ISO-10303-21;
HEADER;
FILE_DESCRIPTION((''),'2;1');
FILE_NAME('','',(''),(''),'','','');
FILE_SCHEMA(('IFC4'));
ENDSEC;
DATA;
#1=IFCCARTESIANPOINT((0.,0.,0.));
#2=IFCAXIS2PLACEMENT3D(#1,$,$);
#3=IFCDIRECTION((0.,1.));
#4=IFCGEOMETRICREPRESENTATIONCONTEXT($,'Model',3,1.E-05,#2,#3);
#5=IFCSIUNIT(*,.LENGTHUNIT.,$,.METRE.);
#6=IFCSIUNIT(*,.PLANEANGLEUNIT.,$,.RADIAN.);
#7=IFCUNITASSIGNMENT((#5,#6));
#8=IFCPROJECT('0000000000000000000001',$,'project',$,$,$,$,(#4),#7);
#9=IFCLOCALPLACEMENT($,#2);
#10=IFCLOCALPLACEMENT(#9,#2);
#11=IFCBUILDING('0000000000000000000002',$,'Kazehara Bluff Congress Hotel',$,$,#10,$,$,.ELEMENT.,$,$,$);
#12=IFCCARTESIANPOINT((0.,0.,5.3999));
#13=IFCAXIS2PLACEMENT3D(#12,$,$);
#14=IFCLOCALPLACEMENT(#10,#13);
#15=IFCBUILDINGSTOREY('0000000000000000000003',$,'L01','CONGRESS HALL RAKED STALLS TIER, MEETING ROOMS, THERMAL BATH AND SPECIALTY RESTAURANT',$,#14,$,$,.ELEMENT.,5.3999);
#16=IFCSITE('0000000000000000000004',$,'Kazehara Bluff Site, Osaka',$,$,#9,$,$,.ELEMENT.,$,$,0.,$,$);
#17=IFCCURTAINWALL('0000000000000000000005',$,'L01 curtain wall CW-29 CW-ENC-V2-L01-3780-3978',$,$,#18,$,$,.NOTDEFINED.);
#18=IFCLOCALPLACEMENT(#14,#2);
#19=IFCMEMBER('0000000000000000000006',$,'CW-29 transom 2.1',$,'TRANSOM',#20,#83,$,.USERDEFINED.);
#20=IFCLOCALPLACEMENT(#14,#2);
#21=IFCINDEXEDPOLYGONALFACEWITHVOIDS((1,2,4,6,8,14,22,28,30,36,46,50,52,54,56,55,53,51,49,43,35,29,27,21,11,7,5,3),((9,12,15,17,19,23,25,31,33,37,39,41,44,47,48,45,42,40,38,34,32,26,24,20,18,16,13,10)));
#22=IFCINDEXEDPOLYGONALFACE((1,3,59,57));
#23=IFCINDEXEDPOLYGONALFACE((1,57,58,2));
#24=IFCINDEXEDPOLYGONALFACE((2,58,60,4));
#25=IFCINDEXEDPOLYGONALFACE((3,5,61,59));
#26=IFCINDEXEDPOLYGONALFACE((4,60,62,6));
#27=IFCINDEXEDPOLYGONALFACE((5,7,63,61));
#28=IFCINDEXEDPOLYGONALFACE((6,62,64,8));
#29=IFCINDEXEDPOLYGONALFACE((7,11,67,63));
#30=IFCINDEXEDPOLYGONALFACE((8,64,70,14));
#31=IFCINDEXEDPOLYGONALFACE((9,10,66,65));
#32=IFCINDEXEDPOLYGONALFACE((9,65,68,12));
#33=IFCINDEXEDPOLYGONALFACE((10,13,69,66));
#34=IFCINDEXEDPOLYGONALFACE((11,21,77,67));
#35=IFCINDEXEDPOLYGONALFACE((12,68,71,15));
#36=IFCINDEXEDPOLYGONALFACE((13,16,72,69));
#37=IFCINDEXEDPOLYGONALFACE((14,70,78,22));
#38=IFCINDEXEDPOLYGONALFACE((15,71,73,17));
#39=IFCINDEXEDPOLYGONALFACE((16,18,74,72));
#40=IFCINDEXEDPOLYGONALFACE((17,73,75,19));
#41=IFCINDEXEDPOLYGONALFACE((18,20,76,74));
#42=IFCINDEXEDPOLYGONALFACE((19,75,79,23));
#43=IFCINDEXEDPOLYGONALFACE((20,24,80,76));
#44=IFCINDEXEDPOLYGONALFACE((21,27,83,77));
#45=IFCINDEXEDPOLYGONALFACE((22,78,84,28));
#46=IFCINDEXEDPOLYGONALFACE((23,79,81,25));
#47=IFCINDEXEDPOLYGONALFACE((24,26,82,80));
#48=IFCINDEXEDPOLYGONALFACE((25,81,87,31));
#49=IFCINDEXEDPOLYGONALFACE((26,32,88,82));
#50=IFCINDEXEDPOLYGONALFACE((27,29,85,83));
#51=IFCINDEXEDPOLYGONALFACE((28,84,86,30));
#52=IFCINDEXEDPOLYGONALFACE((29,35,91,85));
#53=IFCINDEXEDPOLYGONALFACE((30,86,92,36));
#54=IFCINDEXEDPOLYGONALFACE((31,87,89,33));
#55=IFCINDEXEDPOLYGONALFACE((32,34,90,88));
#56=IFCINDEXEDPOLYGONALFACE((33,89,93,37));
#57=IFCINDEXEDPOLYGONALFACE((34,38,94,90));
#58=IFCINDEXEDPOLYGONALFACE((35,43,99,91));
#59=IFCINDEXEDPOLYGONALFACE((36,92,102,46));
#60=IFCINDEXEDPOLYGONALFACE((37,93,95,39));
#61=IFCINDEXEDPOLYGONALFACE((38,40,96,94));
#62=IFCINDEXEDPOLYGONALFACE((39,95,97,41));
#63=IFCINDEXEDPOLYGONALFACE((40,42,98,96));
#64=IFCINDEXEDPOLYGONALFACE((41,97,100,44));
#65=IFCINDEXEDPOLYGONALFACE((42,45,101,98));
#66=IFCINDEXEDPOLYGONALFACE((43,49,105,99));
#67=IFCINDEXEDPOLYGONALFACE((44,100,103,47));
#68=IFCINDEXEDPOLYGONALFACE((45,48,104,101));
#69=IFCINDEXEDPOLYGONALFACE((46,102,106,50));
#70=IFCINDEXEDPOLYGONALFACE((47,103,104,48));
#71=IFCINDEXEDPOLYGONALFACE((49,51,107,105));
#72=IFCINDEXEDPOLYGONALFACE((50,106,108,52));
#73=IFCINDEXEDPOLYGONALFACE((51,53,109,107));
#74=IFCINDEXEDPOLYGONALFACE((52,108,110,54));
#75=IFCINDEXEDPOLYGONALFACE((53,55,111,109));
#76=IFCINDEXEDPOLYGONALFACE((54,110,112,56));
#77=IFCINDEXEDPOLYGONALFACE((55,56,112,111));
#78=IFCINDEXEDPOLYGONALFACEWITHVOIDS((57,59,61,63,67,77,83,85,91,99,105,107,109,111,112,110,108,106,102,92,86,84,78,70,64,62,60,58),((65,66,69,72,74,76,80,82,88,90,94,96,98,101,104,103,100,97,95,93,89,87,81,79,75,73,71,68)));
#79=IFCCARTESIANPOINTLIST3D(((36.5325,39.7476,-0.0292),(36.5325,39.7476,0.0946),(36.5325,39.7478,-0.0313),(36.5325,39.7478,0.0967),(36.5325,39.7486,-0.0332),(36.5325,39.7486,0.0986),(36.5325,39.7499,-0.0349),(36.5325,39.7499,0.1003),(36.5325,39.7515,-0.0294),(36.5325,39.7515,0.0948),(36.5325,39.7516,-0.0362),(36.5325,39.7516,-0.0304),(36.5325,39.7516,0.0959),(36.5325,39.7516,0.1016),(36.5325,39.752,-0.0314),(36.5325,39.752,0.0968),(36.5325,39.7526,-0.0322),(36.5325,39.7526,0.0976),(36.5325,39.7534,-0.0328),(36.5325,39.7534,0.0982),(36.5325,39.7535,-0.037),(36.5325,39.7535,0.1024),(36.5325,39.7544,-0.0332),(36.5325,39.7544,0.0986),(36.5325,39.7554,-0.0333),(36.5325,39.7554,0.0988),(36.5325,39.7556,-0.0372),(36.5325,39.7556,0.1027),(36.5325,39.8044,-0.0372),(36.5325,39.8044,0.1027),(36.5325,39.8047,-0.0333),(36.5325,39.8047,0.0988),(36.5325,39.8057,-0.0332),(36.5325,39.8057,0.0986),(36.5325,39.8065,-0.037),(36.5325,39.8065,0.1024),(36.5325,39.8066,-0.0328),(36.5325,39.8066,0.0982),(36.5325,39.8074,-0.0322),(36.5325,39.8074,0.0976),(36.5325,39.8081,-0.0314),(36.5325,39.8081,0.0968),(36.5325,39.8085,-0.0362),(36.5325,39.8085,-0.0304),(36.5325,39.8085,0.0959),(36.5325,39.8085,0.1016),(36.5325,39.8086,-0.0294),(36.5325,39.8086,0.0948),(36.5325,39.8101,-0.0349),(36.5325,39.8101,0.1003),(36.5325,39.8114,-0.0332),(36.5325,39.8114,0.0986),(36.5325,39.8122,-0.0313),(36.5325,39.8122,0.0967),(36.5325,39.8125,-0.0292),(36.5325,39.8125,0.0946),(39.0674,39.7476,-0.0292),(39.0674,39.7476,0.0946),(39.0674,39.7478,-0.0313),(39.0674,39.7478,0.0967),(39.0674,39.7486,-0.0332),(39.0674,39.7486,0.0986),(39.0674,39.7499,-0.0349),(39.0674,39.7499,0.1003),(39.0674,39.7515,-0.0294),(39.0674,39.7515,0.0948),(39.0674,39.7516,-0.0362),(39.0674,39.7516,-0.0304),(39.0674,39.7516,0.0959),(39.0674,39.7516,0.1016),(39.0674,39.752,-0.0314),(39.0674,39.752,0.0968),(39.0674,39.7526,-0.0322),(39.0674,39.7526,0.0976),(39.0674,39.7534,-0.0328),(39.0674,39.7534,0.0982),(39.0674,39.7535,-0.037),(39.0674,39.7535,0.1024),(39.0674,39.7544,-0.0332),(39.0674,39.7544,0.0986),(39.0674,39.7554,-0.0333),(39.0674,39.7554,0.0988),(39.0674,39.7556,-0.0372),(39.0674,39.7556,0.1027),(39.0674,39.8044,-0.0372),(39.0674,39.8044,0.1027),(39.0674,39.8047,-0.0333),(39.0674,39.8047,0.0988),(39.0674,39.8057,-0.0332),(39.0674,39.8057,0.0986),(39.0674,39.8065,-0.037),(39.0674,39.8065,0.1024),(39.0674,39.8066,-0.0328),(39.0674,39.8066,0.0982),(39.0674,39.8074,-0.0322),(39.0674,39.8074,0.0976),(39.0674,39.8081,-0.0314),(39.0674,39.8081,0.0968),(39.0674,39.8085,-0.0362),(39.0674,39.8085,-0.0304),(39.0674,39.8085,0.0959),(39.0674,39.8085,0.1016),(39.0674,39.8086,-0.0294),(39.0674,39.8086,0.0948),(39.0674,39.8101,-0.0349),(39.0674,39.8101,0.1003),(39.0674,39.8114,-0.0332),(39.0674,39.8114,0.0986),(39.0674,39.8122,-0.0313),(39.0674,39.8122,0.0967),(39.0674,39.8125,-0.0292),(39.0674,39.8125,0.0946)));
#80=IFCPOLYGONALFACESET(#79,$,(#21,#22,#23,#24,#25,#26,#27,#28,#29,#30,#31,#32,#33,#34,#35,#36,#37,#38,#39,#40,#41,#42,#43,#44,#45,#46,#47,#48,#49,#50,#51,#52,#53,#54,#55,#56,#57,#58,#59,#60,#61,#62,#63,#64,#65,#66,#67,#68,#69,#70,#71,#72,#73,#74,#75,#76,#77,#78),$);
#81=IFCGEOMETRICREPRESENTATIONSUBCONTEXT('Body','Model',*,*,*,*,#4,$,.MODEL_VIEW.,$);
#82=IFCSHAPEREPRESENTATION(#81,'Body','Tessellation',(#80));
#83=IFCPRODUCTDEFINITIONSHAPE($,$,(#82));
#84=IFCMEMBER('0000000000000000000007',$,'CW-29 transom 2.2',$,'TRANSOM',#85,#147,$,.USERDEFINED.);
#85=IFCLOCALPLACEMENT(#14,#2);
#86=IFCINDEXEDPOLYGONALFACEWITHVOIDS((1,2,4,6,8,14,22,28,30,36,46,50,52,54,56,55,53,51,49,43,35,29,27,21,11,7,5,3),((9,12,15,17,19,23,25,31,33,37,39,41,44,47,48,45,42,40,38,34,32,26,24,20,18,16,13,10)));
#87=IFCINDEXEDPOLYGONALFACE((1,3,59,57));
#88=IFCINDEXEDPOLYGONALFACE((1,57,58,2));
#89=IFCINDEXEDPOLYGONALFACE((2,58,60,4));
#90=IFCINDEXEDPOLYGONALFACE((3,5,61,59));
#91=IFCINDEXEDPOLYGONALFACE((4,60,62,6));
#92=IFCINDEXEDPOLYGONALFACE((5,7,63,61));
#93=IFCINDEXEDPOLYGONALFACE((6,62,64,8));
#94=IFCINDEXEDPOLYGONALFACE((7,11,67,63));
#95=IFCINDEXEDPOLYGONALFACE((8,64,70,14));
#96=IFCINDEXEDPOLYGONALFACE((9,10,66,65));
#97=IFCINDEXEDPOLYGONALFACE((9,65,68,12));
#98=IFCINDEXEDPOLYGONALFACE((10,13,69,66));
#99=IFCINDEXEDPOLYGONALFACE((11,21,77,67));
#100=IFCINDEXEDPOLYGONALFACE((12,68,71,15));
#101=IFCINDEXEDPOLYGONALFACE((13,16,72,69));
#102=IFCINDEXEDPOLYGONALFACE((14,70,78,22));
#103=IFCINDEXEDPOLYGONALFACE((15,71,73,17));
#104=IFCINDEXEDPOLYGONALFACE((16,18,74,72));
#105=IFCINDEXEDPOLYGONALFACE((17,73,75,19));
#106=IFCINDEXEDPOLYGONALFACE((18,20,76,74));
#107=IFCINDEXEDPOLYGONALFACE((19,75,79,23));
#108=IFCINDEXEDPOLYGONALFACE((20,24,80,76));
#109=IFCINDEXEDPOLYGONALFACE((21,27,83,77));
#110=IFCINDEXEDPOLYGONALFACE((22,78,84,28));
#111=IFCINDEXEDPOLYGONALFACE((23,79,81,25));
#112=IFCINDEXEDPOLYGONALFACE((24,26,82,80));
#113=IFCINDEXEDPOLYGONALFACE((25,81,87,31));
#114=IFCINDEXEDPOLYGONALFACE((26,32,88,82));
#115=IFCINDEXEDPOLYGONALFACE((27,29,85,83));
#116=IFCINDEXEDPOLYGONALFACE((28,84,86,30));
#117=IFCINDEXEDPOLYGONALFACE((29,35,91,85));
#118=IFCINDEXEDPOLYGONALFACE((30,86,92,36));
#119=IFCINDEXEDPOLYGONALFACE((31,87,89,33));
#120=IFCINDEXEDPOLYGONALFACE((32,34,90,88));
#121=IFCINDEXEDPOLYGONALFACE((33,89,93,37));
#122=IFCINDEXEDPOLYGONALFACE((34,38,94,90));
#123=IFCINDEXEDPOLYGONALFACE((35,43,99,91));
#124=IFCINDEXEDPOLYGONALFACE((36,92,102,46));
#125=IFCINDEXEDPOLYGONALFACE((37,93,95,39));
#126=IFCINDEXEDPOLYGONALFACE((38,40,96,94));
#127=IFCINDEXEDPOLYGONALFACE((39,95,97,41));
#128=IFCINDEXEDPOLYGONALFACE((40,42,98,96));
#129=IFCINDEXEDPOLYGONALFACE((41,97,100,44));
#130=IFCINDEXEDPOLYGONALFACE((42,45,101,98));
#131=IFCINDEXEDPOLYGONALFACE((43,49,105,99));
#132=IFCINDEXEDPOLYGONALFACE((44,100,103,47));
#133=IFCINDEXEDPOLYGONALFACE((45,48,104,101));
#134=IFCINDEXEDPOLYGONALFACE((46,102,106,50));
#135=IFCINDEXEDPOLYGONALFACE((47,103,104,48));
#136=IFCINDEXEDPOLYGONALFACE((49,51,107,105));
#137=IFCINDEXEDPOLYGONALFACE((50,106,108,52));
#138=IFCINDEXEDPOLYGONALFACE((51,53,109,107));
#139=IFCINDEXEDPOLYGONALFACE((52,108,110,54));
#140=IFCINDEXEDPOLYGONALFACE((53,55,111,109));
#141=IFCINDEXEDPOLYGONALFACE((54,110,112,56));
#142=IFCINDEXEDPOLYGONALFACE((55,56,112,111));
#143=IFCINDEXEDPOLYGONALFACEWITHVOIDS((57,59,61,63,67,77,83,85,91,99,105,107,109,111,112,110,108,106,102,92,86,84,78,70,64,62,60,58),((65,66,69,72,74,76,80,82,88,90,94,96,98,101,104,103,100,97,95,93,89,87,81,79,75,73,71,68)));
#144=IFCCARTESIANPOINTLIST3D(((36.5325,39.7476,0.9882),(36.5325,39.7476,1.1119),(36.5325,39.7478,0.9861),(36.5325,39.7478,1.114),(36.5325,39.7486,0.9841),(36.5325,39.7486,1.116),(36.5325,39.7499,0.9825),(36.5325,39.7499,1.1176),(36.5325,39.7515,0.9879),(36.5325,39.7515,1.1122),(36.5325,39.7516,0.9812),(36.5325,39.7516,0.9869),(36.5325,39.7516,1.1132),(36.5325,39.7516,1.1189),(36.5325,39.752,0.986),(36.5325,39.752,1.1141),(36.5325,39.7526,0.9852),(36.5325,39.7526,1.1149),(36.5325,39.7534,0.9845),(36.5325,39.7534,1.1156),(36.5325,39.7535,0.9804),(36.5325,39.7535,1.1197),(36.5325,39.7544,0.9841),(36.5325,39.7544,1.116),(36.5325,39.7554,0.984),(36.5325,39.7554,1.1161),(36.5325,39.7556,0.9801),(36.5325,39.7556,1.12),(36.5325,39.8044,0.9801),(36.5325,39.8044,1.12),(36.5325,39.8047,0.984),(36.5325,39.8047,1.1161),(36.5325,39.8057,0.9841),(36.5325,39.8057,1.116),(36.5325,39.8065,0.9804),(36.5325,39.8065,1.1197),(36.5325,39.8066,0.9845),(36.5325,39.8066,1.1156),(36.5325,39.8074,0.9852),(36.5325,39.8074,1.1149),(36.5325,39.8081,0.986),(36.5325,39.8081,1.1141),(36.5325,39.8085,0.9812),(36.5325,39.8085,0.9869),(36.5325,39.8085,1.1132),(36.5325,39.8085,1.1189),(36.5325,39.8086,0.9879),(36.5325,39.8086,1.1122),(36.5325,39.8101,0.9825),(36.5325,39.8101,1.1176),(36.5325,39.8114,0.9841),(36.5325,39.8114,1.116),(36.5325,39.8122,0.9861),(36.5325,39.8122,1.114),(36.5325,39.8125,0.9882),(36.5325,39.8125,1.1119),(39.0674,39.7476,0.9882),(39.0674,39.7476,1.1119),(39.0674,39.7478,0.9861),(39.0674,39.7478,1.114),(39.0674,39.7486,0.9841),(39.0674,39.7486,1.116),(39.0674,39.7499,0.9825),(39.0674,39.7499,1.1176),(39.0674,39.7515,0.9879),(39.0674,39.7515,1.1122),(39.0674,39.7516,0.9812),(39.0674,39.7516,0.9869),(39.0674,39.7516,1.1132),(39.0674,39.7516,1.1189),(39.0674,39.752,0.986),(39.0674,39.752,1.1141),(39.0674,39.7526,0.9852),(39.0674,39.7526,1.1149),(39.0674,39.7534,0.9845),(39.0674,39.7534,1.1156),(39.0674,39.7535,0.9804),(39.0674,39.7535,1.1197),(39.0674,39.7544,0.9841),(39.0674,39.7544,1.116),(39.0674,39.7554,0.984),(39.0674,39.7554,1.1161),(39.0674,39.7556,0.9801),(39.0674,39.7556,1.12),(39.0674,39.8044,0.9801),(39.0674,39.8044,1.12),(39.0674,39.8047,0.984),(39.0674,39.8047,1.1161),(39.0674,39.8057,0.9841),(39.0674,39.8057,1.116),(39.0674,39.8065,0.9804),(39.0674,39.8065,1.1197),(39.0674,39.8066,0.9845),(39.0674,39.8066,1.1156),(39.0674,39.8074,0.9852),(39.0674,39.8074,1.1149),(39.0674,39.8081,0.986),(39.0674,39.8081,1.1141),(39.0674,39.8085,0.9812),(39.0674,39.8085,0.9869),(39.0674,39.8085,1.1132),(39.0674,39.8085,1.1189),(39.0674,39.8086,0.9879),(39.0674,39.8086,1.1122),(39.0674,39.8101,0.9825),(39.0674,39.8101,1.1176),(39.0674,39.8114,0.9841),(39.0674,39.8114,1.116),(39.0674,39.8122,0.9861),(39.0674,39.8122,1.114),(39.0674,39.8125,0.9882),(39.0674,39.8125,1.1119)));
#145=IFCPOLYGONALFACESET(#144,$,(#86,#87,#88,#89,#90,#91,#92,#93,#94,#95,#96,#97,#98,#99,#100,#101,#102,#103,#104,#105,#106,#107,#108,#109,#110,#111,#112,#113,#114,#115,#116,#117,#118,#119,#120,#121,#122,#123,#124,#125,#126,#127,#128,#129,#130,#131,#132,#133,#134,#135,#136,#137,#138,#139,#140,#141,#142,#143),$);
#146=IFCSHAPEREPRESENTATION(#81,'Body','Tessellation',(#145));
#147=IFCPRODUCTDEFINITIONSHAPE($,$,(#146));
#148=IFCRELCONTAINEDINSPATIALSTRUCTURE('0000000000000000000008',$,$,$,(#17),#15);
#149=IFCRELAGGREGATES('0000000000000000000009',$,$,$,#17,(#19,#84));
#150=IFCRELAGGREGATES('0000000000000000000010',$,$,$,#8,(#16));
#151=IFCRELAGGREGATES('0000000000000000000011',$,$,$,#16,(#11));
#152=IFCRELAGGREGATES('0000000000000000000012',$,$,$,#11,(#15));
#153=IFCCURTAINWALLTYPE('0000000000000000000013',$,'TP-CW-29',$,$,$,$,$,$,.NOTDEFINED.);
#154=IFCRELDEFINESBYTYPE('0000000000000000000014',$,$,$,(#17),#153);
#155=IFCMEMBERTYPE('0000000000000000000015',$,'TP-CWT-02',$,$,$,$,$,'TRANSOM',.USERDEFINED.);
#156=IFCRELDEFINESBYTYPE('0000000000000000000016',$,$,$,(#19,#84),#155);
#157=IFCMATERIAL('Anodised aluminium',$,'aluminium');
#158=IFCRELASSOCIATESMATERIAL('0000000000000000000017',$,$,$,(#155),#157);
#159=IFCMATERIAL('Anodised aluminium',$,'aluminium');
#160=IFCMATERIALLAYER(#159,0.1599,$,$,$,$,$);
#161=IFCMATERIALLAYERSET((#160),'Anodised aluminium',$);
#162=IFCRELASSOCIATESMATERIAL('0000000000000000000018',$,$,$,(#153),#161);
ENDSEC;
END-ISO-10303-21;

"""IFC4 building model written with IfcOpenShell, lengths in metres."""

from ifc_helpers import new_model, si_unit, direction, frame, origin, origin_2d, place, context, subcontext, project, spatial, hollow_rectangle, extrude, material, layer, layer_set, material_profile, profile_set, type_object, element, aggregate, save


model = new_model("IFC4")

# Units and contexts
model_context = context("Model", 3, precision=1e-05, world=origin(), true_north=direction((0.0, 1.0)))
body_context = subcontext(model_context, "Body", "Model", "MODEL_VIEW")
ifc_project = project(units=[si_unit("LENGTHUNIT", "METRE"), si_unit("PLANEANGLEUNIT", "RADIAN")], contexts=[model_context])

# Site, building, storey
site_placement = place(None, origin())
site = spatial("IfcSite", under=ifc_project, at=site_placement, Name="Kazehara Bluff Site, Osaka", CompositionType="ELEMENT", RefElevation=0.0)
building_placement = place(site_placement, origin())
building = spatial("IfcBuilding", under=site, at=building_placement, Name="Kazehara Bluff Congress Hotel", CompositionType="ELEMENT")
storey_placement = place(building_placement, frame((0.0, 0.0, 5.3999)))
storey = spatial("IfcBuildingStorey", under=building, at=storey_placement, Name="L01", Description="CONGRESS HALL RAKED STALLS TIER, MEETING ROOMS, THERMAL BATH AND SPECIALTY RESTAURANT", CompositionType="ELEMENT", Elevation=5.3999)

# Curtain wall, members
ifc_material_1 = material(Name="Anodised aluminium", Category="aluminium")
ifc_material_profile_1 = material_profile(ifc_material_1, hollow_rectangle(XDim=0.0649, YDim=0.1399, WallThickness=0.0039, InnerFilletRadius=0.0039, OuterFilletRadius=0.0081, at=origin_2d()))
ifc_profile_set_1 = profile_set([ifc_material_profile_1], Name="Anodised aluminium")
member_type_1 = type_object("IfcMemberType", Name="TP-CWT-02", ElementType="TRANSOM", PredefinedType="USERDEFINED", material=ifc_profile_set_1)
ifc_material_2 = material(Name="Anodised aluminium", Category="aluminium")
ifc_layer_1 = layer(ifc_material_2, 0.1599)
ifc_layer_set_1 = layer_set([ifc_layer_1], Name="Anodised aluminium")
curtain_wall_type_1 = type_object("IfcCurtainWallType", Name="TP-CW-29", PredefinedType="NOTDEFINED", material=ifc_layer_set_1)
curtain_wall_1_placement = place(storey_placement, origin())
curtain_wall_1 = element("IfcCurtainWall", 1, at=curtain_wall_1_placement, inside=storey, type_object=curtain_wall_type_1, Name="L01 curtain wall CW-29 CW-ENC-V2-L01-3780-3978", PredefinedType="NOTDEFINED")
member_1_placement = place(storey_placement, frame((36.5325, 39.78, 0.0327), z_axis=(1.0, 0.0, 0.0), x_axis=(0.0, 1.0, 0.0)))
member_1 = element("IfcMember", 2, at=member_1_placement, type_object=member_type_1, Name="CW-29 transom 2.1", ObjectType="TRANSOM", PredefinedType="USERDEFINED", context=body_context, shape_type="SweptSolid", body=[
    extrude(hollow_rectangle(XDim=0.0649, YDim=0.1399, WallThickness=0.0039, InnerFilletRadius=0.0039, OuterFilletRadius=0.0081, at=origin_2d()), origin(), (0.0, 0.0, 1.0), 2.5349),
])
member_2_placement = place(storey_placement, frame((36.5325, 39.78, 1.05), z_axis=(1.0, 0.0, 0.0), x_axis=(0.0, 1.0, 0.0)))
member_2 = element("IfcMember", 3, at=member_2_placement, type_object=member_type_1, Name="CW-29 transom 2.2", ObjectType="TRANSOM", PredefinedType="USERDEFINED", context=body_context, shape_type="SweptSolid", body=[
    extrude(hollow_rectangle(XDim=0.0649, YDim=0.1399, WallThickness=0.0039, InnerFilletRadius=0.0039, OuterFilletRadius=0.0081, at=origin_2d()), origin(), (0.0, 0.0, 1.0), 2.5349),
])

aggregate(curtain_wall_1, [member_1, member_2])

save(model, "model.ifc")
